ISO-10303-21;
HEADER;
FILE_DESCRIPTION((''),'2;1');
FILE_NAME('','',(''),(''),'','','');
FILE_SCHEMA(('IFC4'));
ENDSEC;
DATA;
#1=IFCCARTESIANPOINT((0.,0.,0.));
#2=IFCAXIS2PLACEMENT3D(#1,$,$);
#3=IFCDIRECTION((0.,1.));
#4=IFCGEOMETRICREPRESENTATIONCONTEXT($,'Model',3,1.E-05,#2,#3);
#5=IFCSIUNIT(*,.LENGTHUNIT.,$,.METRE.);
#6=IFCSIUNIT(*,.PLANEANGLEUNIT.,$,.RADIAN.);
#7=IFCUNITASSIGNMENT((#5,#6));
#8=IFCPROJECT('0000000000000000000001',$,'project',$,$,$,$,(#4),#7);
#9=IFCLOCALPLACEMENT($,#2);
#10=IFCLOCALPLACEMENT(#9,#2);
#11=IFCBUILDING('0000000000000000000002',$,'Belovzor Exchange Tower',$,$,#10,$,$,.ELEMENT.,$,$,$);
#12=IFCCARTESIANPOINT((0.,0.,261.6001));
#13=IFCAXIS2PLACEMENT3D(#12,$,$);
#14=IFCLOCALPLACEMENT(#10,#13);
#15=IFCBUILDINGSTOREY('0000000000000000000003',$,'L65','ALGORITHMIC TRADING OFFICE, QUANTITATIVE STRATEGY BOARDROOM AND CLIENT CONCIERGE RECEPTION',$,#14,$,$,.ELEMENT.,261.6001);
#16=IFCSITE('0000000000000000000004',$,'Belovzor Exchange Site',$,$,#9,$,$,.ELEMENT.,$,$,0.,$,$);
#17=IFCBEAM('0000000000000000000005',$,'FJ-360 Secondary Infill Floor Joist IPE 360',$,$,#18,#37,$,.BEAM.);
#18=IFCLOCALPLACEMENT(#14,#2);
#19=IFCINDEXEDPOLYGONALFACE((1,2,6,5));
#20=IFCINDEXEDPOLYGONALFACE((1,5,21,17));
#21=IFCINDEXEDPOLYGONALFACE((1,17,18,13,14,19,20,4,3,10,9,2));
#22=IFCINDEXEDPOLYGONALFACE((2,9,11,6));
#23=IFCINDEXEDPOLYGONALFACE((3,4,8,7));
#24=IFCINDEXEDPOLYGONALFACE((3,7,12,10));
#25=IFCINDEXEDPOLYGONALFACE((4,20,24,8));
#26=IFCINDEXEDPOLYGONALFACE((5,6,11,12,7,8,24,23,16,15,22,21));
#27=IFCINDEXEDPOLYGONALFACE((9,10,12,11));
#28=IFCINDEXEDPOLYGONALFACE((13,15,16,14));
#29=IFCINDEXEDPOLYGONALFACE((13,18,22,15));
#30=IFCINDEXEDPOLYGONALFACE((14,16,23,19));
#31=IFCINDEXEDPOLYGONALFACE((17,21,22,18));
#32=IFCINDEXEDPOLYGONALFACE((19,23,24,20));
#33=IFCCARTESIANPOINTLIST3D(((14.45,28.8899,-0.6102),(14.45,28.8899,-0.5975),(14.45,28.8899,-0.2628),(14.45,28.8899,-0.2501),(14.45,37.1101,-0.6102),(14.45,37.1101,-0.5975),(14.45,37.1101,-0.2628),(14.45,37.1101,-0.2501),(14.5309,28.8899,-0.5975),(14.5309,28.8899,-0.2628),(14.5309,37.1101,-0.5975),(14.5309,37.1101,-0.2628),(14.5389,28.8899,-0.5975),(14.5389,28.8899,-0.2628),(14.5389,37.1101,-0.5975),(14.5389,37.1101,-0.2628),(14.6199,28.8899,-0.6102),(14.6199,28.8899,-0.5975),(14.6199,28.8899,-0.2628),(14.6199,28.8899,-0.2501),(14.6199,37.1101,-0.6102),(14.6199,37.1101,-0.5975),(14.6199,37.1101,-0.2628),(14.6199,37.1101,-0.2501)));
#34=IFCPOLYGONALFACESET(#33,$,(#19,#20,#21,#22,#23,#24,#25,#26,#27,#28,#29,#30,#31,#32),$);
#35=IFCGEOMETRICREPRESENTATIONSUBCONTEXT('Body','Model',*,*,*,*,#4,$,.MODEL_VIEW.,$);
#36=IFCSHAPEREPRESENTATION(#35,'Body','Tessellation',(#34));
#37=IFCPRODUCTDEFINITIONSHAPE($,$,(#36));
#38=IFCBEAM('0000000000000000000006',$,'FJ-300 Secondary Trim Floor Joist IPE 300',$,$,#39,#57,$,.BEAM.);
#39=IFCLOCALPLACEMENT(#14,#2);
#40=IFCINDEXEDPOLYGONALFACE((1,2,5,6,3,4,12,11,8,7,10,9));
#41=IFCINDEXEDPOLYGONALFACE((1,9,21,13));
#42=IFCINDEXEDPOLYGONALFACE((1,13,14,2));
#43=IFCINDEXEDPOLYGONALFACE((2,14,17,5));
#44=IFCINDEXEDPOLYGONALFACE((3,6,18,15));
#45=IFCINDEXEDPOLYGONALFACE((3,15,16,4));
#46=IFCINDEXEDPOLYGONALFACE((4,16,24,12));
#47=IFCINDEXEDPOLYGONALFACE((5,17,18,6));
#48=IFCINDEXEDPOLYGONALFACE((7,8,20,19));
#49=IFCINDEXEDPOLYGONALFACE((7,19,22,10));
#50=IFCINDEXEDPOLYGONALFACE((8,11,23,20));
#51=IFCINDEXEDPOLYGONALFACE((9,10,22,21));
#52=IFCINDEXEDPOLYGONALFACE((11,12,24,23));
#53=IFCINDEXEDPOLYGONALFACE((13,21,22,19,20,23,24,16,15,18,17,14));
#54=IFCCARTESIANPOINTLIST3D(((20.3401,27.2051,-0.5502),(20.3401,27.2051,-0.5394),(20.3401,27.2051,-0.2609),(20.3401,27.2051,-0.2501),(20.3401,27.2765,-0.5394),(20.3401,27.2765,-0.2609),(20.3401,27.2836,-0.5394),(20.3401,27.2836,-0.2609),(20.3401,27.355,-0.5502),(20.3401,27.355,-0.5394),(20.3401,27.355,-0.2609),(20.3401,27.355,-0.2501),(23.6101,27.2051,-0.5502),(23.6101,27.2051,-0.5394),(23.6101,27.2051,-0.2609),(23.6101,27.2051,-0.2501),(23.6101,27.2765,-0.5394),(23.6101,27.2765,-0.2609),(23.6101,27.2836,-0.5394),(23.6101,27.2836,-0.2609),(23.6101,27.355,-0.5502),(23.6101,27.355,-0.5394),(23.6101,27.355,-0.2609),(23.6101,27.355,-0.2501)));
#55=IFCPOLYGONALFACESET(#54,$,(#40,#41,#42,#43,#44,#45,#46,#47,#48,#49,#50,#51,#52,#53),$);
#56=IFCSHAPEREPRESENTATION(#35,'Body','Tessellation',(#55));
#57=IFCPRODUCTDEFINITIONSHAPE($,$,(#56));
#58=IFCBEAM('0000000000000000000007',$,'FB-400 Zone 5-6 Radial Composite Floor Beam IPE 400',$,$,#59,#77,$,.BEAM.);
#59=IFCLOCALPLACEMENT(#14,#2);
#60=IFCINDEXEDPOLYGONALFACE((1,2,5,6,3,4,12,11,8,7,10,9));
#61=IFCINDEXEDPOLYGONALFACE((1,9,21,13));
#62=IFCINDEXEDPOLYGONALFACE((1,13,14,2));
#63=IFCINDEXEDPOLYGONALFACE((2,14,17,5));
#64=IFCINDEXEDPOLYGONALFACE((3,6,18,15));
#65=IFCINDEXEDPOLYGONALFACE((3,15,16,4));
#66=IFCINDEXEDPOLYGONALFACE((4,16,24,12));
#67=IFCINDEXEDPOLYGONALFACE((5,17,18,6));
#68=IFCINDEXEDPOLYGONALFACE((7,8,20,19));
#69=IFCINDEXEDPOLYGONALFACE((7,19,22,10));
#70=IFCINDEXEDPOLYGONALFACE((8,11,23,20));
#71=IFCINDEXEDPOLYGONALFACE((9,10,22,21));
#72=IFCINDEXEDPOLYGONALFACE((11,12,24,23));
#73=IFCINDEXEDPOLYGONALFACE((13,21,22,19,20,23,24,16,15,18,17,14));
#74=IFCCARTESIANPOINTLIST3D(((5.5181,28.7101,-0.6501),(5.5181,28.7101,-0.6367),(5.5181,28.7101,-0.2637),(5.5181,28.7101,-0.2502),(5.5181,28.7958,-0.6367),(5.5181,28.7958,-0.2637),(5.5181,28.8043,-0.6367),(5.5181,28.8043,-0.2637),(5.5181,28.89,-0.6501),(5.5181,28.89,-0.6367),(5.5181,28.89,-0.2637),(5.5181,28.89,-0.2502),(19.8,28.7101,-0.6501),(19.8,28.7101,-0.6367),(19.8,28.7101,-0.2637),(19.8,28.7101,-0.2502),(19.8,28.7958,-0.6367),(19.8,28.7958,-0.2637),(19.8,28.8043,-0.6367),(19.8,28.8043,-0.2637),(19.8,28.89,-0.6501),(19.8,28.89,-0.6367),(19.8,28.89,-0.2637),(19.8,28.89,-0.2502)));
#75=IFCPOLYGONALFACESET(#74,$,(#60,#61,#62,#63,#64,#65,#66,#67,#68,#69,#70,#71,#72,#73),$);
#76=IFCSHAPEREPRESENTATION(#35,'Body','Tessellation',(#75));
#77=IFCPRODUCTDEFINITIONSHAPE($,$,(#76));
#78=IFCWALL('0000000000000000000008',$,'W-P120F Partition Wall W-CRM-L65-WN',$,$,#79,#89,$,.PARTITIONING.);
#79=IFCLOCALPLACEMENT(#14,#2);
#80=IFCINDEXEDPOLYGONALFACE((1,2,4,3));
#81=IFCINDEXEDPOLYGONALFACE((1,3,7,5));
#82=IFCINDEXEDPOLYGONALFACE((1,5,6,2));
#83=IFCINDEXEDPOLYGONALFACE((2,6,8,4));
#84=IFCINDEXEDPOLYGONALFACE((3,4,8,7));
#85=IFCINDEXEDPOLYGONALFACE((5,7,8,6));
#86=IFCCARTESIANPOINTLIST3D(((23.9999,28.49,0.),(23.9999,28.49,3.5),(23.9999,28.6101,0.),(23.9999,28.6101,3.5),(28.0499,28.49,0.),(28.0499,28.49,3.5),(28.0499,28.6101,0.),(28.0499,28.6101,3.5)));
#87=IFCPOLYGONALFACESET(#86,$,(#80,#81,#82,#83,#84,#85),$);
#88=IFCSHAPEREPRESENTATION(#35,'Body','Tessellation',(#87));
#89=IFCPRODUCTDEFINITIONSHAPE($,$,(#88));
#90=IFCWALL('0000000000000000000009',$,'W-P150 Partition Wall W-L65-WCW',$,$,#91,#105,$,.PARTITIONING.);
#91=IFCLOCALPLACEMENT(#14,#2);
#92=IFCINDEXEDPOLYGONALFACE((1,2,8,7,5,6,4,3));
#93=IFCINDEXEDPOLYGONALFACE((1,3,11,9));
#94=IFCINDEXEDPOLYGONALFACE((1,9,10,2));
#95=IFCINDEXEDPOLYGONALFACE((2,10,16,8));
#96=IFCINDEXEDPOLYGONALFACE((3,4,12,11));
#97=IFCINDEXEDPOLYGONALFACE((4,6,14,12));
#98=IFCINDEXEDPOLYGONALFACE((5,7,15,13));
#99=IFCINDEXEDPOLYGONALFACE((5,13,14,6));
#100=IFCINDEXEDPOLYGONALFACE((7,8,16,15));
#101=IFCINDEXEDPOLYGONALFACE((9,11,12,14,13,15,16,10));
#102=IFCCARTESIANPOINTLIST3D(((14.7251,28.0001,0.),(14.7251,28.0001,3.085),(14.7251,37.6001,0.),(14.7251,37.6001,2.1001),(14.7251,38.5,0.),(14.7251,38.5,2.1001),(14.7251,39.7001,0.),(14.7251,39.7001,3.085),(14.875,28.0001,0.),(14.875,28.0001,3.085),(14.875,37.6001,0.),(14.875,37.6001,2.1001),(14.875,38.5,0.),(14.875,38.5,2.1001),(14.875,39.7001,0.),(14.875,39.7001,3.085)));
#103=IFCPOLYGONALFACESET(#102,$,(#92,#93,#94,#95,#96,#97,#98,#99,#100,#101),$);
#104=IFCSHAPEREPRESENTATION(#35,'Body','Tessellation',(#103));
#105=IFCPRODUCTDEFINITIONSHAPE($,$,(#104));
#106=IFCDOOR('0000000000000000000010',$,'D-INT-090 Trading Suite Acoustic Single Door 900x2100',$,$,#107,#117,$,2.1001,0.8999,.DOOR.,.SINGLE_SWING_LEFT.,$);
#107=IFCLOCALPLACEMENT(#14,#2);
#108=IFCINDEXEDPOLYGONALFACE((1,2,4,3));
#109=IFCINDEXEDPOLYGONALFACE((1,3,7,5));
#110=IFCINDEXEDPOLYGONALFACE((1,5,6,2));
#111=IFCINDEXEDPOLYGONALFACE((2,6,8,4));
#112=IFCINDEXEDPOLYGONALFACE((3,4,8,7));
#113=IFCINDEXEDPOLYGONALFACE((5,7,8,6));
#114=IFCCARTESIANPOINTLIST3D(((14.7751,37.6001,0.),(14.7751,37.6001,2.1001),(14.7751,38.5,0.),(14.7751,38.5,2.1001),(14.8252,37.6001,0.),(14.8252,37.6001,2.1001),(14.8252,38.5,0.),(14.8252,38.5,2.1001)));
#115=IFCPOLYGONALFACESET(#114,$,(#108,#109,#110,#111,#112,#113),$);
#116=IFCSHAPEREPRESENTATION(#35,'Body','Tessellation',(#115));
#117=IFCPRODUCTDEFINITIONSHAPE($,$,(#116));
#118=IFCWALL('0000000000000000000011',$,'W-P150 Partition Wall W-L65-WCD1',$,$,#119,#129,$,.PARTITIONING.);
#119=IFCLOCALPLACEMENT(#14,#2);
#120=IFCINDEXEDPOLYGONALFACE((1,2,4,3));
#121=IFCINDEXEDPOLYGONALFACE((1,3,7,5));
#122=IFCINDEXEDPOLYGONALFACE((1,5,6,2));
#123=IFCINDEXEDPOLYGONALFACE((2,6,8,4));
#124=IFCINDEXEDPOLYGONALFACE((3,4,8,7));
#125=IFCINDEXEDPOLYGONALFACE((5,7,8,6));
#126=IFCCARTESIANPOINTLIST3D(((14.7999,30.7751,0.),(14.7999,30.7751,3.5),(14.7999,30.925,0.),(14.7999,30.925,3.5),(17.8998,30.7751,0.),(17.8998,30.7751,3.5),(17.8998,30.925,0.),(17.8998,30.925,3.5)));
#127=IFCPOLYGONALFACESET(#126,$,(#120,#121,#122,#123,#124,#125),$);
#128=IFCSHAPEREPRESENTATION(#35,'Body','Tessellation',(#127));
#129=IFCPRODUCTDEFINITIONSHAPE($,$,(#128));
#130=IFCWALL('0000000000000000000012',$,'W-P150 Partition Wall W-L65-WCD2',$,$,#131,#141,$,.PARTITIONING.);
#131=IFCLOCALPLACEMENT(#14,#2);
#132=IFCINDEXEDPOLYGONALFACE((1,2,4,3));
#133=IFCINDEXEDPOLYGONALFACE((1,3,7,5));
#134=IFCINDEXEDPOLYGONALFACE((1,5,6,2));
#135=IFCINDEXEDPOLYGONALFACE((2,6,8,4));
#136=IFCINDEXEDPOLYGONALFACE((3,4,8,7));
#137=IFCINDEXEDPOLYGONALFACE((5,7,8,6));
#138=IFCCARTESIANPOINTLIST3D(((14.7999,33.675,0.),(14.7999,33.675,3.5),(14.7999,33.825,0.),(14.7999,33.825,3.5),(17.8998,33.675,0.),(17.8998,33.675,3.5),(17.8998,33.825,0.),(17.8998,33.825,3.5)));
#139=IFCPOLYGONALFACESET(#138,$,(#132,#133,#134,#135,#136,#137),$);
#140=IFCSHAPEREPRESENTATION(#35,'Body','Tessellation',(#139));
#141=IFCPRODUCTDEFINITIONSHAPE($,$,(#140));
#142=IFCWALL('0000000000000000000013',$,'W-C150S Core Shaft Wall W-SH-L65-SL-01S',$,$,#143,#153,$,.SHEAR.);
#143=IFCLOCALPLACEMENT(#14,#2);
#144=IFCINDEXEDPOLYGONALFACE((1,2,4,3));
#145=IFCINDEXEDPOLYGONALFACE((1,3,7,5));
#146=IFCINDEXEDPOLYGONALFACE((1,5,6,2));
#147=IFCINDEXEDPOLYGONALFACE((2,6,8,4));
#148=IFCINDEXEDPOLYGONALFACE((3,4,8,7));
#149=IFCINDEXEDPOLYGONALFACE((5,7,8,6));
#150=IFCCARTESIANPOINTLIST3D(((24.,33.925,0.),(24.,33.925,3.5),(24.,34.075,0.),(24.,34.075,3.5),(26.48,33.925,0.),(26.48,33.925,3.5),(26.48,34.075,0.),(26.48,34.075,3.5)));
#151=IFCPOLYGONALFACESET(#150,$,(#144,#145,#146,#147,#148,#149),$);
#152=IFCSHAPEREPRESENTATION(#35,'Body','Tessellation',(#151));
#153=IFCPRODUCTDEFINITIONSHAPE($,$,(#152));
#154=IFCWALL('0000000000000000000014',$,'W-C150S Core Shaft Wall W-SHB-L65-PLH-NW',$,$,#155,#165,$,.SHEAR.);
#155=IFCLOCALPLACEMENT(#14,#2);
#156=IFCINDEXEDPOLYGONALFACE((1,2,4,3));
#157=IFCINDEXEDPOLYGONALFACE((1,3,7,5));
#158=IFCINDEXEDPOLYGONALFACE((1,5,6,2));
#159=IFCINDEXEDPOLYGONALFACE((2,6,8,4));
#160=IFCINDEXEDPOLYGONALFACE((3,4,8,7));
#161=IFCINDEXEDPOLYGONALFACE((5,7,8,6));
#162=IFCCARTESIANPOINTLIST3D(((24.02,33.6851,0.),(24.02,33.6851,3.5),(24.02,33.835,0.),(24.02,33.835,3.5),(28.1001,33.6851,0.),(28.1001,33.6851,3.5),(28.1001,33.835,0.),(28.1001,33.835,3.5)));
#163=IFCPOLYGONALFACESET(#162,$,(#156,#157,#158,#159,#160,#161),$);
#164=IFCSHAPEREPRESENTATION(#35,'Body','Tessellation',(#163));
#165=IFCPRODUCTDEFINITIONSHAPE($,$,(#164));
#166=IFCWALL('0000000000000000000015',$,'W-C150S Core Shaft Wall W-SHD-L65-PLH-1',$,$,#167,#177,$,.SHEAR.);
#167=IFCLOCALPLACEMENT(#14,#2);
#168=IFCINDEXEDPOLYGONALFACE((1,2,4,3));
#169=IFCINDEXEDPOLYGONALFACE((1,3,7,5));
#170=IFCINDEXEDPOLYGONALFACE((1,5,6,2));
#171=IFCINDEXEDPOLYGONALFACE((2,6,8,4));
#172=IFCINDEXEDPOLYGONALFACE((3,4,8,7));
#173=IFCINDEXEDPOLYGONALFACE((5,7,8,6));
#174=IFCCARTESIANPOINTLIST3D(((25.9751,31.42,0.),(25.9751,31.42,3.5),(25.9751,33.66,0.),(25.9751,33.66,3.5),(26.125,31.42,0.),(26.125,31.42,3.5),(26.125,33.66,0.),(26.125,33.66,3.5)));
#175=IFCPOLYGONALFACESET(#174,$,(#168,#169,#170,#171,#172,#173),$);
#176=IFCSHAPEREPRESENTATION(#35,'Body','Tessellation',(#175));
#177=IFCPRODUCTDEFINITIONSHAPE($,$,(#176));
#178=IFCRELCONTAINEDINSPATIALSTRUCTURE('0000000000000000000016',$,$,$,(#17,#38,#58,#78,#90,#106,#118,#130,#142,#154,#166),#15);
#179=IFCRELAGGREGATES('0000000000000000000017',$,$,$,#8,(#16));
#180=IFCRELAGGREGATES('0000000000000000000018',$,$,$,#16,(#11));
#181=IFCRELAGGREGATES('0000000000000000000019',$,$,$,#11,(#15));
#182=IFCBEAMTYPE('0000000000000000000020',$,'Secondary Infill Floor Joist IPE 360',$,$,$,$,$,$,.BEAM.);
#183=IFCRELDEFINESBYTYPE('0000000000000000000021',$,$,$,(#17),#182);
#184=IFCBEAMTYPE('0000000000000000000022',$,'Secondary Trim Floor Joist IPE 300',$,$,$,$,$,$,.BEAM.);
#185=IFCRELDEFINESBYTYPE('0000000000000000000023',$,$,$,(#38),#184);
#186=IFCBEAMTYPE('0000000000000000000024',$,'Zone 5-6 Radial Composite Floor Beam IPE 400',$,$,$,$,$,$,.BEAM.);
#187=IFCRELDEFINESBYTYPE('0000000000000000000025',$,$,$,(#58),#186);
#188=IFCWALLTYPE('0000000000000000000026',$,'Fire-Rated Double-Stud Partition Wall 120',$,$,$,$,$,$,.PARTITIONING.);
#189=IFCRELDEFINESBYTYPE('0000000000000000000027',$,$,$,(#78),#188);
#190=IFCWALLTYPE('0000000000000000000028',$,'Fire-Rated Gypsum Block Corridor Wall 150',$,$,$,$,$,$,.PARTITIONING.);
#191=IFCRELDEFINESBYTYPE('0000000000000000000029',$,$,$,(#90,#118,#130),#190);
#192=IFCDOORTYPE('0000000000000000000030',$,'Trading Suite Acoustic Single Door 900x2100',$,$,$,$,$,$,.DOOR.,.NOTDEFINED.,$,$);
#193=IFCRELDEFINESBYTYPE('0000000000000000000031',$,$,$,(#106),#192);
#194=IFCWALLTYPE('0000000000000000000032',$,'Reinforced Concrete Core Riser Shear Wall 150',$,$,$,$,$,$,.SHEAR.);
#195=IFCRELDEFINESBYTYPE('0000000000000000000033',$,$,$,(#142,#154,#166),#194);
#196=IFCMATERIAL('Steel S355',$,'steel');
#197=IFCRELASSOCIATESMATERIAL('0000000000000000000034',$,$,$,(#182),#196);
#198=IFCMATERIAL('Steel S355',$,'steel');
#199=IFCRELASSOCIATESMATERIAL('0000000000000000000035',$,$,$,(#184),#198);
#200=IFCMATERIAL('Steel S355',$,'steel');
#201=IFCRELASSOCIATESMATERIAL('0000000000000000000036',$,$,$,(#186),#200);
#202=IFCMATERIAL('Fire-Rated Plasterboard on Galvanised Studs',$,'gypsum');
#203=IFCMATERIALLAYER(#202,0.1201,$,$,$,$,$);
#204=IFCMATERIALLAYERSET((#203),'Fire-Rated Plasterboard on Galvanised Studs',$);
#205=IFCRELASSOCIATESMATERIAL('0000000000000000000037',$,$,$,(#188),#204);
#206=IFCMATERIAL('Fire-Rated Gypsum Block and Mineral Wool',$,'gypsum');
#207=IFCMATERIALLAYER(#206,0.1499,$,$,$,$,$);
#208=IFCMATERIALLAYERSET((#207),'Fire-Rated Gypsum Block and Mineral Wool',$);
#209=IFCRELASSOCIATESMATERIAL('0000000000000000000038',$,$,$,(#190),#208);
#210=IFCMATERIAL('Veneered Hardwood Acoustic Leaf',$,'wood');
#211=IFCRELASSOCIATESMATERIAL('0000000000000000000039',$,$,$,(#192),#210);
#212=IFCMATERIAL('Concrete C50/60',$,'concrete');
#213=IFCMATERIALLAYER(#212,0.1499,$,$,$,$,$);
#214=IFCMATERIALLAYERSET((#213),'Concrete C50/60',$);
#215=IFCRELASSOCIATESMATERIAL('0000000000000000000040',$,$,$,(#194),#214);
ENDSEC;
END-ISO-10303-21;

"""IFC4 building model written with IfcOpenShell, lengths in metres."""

from ifc_helpers import new_model, si_unit, direction, frame, frame_2d, origin, origin_2d, place, context, subcontext, project, spatial, rectangle, i_section, extrude, material, layer, layer_set, material_profile, profile_set, type_object, element, fill, save


model = new_model("IFC4")

# Units and contexts
model_context = context("Model", 3, precision=1e-05, world=origin(), true_north=direction((0.0, 1.0)))
body_context = subcontext(model_context, "Body", "Model", "MODEL_VIEW")
ifc_project = project(units=[si_unit("LENGTHUNIT", "METRE"), si_unit("PLANEANGLEUNIT", "RADIAN")], contexts=[model_context])

# Site, building, storey
site_placement = place(None, origin())
site = spatial("IfcSite", under=ifc_project, at=site_placement, Name="Belovzor Exchange Site", CompositionType="ELEMENT", RefElevation=0.0)
building_placement = place(site_placement, origin())
building = spatial("IfcBuilding", under=site, at=building_placement, Name="Belovzor Exchange Tower", CompositionType="ELEMENT")
storey_placement = place(building_placement, frame((0.0, 0.0, 261.6001)))
storey = spatial("IfcBuildingStorey", under=building, at=storey_placement, Name="L65", Description="ALGORITHMIC TRADING OFFICE, QUANTITATIVE STRATEGY BOARDROOM AND CLIENT CONCIERGE RECEPTION", CompositionType="ELEMENT", Elevation=261.6001)

# Beams
ifc_material_1 = material(Name="Steel S355", Category="steel")
ifc_material_profile_1 = material_profile(ifc_material_1, i_section(OverallWidth=0.1699, OverallDepth=0.3601, WebThickness=0.0081, FlangeThickness=0.0127, at=origin_2d()))
ifc_profile_set_1 = profile_set([ifc_material_profile_1], Name="Steel S355")
beam_type_1 = type_object("IfcBeamType", Name="Secondary Infill Floor Joist IPE 360", PredefinedType="BEAM", material=ifc_profile_set_1)
beam_1_placement = place(storey_placement, frame((14.5349, 28.8899, -0.4302), z_axis=(0.0, 1.0, 0.0), x_axis=(-1.0, 0.0, 0.0)))
element("IfcBeam", 1, at=beam_1_placement, inside=storey, type_object=beam_type_1, Name="FJ-360 Secondary Infill Floor Joist IPE 360", PredefinedType="BEAM", context=body_context, shape_type="SweptSolid", body=[
    extrude(i_section(OverallWidth=0.1699, OverallDepth=0.3601, WebThickness=0.0081, FlangeThickness=0.0127, at=origin_2d()), origin(), (0.0, 0.0, 1.0), 8.2202),
])
ifc_material_2 = material(Name="Steel S355", Category="steel")
ifc_material_profile_2 = material_profile(ifc_material_2, i_section(OverallWidth=0.1499, OverallDepth=0.3, WebThickness=0.0071, FlangeThickness=0.0107, at=origin_2d()))
ifc_profile_set_2 = profile_set([ifc_material_profile_2], Name="Steel S355")
beam_type_2 = type_object("IfcBeamType", Name="Secondary Trim Floor Joist IPE 300", PredefinedType="BEAM", material=ifc_profile_set_2)
beam_2_placement = place(storey_placement, frame((20.3401, 27.28, -0.4001), z_axis=(1.0, 0.0, 0.0), x_axis=(0.0, 1.0, 0.0)))
element("IfcBeam", 2, at=beam_2_placement, inside=storey, type_object=beam_type_2, Name="FJ-300 Secondary Trim Floor Joist IPE 300", PredefinedType="BEAM", context=body_context, shape_type="SweptSolid", body=[
    extrude(i_section(OverallWidth=0.1499, OverallDepth=0.3, WebThickness=0.0071, FlangeThickness=0.0107, at=origin_2d()), origin(), (0.0, 0.0, 1.0), 3.27),
])
ifc_material_3 = material(Name="Steel S355", Category="steel")
ifc_material_profile_3 = material_profile(ifc_material_3, i_section(OverallWidth=0.1799, OverallDepth=0.3999, WebThickness=0.0085, FlangeThickness=0.0134, at=origin_2d()))
ifc_profile_set_3 = profile_set([ifc_material_profile_3], Name="Steel S355")
beam_type_3 = type_object("IfcBeamType", Name="Zone 5-6 Radial Composite Floor Beam IPE 400", PredefinedType="BEAM", material=ifc_profile_set_3)
beam_3_placement = place(storey_placement, frame((19.8, 28.8, -0.4502), z_axis=(-1.0, 0.0, 0.0), x_axis=(0.0, -1.0, 0.0)))
element("IfcBeam", 3, at=beam_3_placement, inside=storey, type_object=beam_type_3, Name="FB-400 Zone 5-6 Radial Composite Floor Beam IPE 400", PredefinedType="BEAM", context=body_context, shape_type="SweptSolid", body=[
    extrude(i_section(OverallWidth=0.1799, OverallDepth=0.3999, WebThickness=0.0085, FlangeThickness=0.0134, at=origin_2d()), origin(), (0.0, 0.0, 1.0), 14.282),
])

# Wall
ifc_material_4 = material(Name="Fire-Rated Plasterboard on Galvanised Studs", Category="gypsum")
ifc_layer_1 = layer(ifc_material_4, 0.1201)
ifc_layer_set_1 = layer_set([ifc_layer_1], Name="Fire-Rated Plasterboard on Galvanised Studs")
wall_type_1 = type_object("IfcWallType", Name="Fire-Rated Double-Stud Partition Wall 120", PredefinedType="PARTITIONING", material=ifc_layer_set_1)
wall_1_placement = place(storey_placement, frame((24.0, 28.55, 0.0), z_axis=(0.0, 0.0, 1.0), x_axis=(1.0, 0.0, 0.0)))
element("IfcWall", 4, at=wall_1_placement, inside=storey, type_object=wall_type_1, Name="W-P120F Partition Wall W-CRM-L65-WN", PredefinedType="PARTITIONING", context=body_context, shape_type="SweptSolid", body=[
    extrude(rectangle(XDim=4.05, YDim=0.1201, at=frame_2d((2.0249, 0.0))), origin(), (0.0, 0.0, 1.0), 3.5),
])

# Wall, opening, door
ifc_material_5 = material(Name="Fire-Rated Gypsum Block and Mineral Wool", Category="gypsum")
ifc_layer_2 = layer(ifc_material_5, 0.1499)
ifc_layer_set_2 = layer_set([ifc_layer_2], Name="Fire-Rated Gypsum Block and Mineral Wool")
wall_type_2 = type_object("IfcWallType", Name="Fire-Rated Gypsum Block Corridor Wall 150", PredefinedType="PARTITIONING", material=ifc_layer_set_2)
wall_2_placement = place(storey_placement, frame((14.8, 28.0, 0.0), z_axis=(0.0, 0.0, 1.0), x_axis=(0.0, 1.0, 0.0)))
wall_2 = element("IfcWall", 5, at=wall_2_placement, inside=storey, type_object=wall_type_2, Name="W-P150 Partition Wall W-L65-WCW", PredefinedType="PARTITIONING", context=body_context, shape_type="SweptSolid", body=[
    extrude(rectangle(XDim=11.7, YDim=0.1499, at=frame_2d((5.8501, 0.0))), origin(), (0.0, 0.0, 1.0), 3.085),
])
opening_1_placement = place(wall_2_placement, frame((9.6001, 0.0, 0.0)))
opening_1 = element("IfcOpeningElement", 6, at=opening_1_placement, cuts=wall_2, PredefinedType="OPENING", context=body_context, shape_type="SweptSolid", body=[
    extrude(rectangle(XDim=0.8999, YDim=2.1001, at=frame_2d((0.45, 1.05))), frame((0.0, 0.085, 0.0), z_axis=(0.0, -1.0, 0.0), x_axis=(1.0, 0.0, 0.0)), (0.0, 0.0, 1.0), 0.1699),
])
ifc_material_6 = material(Name="Veneered Hardwood Acoustic Leaf", Category="wood")
door_type_1 = type_object("IfcDoorType", Name="Trading Suite Acoustic Single Door 900x2100", OperationType="NOTDEFINED", PredefinedType="DOOR", material=ifc_material_6)
door_1_placement = place(opening_1_placement, origin())
door_1 = element("IfcDoor", 7, at=door_1_placement, inside=storey, type_object=door_type_1, Name="D-INT-090 Trading Suite Acoustic Single Door 900x2100", OperationType="SINGLE_SWING_LEFT", OverallHeight=2.1001, OverallWidth=0.8999, PredefinedType="DOOR", context=body_context, shape_type="SweptSolid", body=[
    extrude(rectangle(XDim=0.8999, YDim=2.1001, at=frame_2d((0.45, 1.05))), frame((0.0, 0.0249, 0.0), z_axis=(0.0, -1.0, 0.0), x_axis=(1.0, 0.0, 0.0)), (0.0, 0.0, 1.0), 0.05),
])
fill(opening_1, door_1)

# Walls
for number, where, z_axis, x_axis, name in (
    (8, (14.8, 30.8501, 0.0), (0.0, 0.0, 1.0), (1.0, 0.0, 0.0), "W-P150 Partition Wall W-L65-WCD1"),
    (9, (14.8, 33.75, 0.0), (0.0, 0.0, 1.0), (1.0, 0.0, 0.0), "W-P150 Partition Wall W-L65-WCD2"),
):
    element("IfcWall", number, at=place(storey_placement, frame(where, z_axis=z_axis, x_axis=x_axis)), inside=storey, type_object=wall_type_2, Name=name, PredefinedType="PARTITIONING", context=body_context, shape_type="SweptSolid", body=[
        extrude(rectangle(XDim=3.0999, YDim=0.1499, at=frame_2d((1.5498, 0.0))), origin(), (0.0, 0.0, 1.0), 3.5),
    ])
ifc_material_7 = material(Name="Concrete C50/60", Category="concrete")
ifc_layer_3 = layer(ifc_material_7, 0.1499)
ifc_layer_set_3 = layer_set([ifc_layer_3], Name="Concrete C50/60")
wall_type_3 = type_object("IfcWallType", Name="Reinforced Concrete Core Riser Shear Wall 150", PredefinedType="SHEAR", material=ifc_layer_set_3)
wall_3_placement = place(storey_placement, frame((24.0, 34.0, 0.0), z_axis=(0.0, 0.0, 1.0), x_axis=(1.0, 0.0, 0.0)))
element("IfcWall", 10, at=wall_3_placement, inside=storey, type_object=wall_type_3, Name="W-C150S Core Shaft Wall W-SH-L65-SL-01S", PredefinedType="SHEAR", context=body_context, shape_type="SweptSolid", body=[
    extrude(rectangle(XDim=2.48, YDim=0.1499, at=frame_2d((1.24, 0.0))), origin(), (0.0, 0.0, 1.0), 3.5),
])
wall_4_placement = place(storey_placement, frame((24.02, 33.76, 0.0), z_axis=(0.0, 0.0, 1.0), x_axis=(1.0, 0.0, 0.0)))
element("IfcWall", 11, at=wall_4_placement, inside=storey, type_object=wall_type_3, Name="W-C150S Core Shaft Wall W-SHB-L65-PLH-NW", PredefinedType="SHEAR", context=body_context, shape_type="SweptSolid", body=[
    extrude(rectangle(XDim=4.0801, YDim=0.1499, at=frame_2d((2.04, 0.0))), origin(), (0.0, 0.0, 1.0), 3.5),
])
wall_5_placement = place(storey_placement, frame((26.05, 31.4199, 0.0), z_axis=(0.0, 0.0, 1.0), x_axis=(0.0, 1.0, 0.0)))
element("IfcWall", 12, at=wall_5_placement, inside=storey, type_object=wall_type_3, Name="W-C150S Core Shaft Wall W-SHD-L65-PLH-1", PredefinedType="SHEAR", context=body_context, shape_type="SweptSolid", body=[
    extrude(rectangle(XDim=2.24, YDim=0.1499, at=frame_2d((1.1201, 0.0))), origin(), (0.0, 0.0, 1.0), 3.5),
])

save(model, "model.ifc")
